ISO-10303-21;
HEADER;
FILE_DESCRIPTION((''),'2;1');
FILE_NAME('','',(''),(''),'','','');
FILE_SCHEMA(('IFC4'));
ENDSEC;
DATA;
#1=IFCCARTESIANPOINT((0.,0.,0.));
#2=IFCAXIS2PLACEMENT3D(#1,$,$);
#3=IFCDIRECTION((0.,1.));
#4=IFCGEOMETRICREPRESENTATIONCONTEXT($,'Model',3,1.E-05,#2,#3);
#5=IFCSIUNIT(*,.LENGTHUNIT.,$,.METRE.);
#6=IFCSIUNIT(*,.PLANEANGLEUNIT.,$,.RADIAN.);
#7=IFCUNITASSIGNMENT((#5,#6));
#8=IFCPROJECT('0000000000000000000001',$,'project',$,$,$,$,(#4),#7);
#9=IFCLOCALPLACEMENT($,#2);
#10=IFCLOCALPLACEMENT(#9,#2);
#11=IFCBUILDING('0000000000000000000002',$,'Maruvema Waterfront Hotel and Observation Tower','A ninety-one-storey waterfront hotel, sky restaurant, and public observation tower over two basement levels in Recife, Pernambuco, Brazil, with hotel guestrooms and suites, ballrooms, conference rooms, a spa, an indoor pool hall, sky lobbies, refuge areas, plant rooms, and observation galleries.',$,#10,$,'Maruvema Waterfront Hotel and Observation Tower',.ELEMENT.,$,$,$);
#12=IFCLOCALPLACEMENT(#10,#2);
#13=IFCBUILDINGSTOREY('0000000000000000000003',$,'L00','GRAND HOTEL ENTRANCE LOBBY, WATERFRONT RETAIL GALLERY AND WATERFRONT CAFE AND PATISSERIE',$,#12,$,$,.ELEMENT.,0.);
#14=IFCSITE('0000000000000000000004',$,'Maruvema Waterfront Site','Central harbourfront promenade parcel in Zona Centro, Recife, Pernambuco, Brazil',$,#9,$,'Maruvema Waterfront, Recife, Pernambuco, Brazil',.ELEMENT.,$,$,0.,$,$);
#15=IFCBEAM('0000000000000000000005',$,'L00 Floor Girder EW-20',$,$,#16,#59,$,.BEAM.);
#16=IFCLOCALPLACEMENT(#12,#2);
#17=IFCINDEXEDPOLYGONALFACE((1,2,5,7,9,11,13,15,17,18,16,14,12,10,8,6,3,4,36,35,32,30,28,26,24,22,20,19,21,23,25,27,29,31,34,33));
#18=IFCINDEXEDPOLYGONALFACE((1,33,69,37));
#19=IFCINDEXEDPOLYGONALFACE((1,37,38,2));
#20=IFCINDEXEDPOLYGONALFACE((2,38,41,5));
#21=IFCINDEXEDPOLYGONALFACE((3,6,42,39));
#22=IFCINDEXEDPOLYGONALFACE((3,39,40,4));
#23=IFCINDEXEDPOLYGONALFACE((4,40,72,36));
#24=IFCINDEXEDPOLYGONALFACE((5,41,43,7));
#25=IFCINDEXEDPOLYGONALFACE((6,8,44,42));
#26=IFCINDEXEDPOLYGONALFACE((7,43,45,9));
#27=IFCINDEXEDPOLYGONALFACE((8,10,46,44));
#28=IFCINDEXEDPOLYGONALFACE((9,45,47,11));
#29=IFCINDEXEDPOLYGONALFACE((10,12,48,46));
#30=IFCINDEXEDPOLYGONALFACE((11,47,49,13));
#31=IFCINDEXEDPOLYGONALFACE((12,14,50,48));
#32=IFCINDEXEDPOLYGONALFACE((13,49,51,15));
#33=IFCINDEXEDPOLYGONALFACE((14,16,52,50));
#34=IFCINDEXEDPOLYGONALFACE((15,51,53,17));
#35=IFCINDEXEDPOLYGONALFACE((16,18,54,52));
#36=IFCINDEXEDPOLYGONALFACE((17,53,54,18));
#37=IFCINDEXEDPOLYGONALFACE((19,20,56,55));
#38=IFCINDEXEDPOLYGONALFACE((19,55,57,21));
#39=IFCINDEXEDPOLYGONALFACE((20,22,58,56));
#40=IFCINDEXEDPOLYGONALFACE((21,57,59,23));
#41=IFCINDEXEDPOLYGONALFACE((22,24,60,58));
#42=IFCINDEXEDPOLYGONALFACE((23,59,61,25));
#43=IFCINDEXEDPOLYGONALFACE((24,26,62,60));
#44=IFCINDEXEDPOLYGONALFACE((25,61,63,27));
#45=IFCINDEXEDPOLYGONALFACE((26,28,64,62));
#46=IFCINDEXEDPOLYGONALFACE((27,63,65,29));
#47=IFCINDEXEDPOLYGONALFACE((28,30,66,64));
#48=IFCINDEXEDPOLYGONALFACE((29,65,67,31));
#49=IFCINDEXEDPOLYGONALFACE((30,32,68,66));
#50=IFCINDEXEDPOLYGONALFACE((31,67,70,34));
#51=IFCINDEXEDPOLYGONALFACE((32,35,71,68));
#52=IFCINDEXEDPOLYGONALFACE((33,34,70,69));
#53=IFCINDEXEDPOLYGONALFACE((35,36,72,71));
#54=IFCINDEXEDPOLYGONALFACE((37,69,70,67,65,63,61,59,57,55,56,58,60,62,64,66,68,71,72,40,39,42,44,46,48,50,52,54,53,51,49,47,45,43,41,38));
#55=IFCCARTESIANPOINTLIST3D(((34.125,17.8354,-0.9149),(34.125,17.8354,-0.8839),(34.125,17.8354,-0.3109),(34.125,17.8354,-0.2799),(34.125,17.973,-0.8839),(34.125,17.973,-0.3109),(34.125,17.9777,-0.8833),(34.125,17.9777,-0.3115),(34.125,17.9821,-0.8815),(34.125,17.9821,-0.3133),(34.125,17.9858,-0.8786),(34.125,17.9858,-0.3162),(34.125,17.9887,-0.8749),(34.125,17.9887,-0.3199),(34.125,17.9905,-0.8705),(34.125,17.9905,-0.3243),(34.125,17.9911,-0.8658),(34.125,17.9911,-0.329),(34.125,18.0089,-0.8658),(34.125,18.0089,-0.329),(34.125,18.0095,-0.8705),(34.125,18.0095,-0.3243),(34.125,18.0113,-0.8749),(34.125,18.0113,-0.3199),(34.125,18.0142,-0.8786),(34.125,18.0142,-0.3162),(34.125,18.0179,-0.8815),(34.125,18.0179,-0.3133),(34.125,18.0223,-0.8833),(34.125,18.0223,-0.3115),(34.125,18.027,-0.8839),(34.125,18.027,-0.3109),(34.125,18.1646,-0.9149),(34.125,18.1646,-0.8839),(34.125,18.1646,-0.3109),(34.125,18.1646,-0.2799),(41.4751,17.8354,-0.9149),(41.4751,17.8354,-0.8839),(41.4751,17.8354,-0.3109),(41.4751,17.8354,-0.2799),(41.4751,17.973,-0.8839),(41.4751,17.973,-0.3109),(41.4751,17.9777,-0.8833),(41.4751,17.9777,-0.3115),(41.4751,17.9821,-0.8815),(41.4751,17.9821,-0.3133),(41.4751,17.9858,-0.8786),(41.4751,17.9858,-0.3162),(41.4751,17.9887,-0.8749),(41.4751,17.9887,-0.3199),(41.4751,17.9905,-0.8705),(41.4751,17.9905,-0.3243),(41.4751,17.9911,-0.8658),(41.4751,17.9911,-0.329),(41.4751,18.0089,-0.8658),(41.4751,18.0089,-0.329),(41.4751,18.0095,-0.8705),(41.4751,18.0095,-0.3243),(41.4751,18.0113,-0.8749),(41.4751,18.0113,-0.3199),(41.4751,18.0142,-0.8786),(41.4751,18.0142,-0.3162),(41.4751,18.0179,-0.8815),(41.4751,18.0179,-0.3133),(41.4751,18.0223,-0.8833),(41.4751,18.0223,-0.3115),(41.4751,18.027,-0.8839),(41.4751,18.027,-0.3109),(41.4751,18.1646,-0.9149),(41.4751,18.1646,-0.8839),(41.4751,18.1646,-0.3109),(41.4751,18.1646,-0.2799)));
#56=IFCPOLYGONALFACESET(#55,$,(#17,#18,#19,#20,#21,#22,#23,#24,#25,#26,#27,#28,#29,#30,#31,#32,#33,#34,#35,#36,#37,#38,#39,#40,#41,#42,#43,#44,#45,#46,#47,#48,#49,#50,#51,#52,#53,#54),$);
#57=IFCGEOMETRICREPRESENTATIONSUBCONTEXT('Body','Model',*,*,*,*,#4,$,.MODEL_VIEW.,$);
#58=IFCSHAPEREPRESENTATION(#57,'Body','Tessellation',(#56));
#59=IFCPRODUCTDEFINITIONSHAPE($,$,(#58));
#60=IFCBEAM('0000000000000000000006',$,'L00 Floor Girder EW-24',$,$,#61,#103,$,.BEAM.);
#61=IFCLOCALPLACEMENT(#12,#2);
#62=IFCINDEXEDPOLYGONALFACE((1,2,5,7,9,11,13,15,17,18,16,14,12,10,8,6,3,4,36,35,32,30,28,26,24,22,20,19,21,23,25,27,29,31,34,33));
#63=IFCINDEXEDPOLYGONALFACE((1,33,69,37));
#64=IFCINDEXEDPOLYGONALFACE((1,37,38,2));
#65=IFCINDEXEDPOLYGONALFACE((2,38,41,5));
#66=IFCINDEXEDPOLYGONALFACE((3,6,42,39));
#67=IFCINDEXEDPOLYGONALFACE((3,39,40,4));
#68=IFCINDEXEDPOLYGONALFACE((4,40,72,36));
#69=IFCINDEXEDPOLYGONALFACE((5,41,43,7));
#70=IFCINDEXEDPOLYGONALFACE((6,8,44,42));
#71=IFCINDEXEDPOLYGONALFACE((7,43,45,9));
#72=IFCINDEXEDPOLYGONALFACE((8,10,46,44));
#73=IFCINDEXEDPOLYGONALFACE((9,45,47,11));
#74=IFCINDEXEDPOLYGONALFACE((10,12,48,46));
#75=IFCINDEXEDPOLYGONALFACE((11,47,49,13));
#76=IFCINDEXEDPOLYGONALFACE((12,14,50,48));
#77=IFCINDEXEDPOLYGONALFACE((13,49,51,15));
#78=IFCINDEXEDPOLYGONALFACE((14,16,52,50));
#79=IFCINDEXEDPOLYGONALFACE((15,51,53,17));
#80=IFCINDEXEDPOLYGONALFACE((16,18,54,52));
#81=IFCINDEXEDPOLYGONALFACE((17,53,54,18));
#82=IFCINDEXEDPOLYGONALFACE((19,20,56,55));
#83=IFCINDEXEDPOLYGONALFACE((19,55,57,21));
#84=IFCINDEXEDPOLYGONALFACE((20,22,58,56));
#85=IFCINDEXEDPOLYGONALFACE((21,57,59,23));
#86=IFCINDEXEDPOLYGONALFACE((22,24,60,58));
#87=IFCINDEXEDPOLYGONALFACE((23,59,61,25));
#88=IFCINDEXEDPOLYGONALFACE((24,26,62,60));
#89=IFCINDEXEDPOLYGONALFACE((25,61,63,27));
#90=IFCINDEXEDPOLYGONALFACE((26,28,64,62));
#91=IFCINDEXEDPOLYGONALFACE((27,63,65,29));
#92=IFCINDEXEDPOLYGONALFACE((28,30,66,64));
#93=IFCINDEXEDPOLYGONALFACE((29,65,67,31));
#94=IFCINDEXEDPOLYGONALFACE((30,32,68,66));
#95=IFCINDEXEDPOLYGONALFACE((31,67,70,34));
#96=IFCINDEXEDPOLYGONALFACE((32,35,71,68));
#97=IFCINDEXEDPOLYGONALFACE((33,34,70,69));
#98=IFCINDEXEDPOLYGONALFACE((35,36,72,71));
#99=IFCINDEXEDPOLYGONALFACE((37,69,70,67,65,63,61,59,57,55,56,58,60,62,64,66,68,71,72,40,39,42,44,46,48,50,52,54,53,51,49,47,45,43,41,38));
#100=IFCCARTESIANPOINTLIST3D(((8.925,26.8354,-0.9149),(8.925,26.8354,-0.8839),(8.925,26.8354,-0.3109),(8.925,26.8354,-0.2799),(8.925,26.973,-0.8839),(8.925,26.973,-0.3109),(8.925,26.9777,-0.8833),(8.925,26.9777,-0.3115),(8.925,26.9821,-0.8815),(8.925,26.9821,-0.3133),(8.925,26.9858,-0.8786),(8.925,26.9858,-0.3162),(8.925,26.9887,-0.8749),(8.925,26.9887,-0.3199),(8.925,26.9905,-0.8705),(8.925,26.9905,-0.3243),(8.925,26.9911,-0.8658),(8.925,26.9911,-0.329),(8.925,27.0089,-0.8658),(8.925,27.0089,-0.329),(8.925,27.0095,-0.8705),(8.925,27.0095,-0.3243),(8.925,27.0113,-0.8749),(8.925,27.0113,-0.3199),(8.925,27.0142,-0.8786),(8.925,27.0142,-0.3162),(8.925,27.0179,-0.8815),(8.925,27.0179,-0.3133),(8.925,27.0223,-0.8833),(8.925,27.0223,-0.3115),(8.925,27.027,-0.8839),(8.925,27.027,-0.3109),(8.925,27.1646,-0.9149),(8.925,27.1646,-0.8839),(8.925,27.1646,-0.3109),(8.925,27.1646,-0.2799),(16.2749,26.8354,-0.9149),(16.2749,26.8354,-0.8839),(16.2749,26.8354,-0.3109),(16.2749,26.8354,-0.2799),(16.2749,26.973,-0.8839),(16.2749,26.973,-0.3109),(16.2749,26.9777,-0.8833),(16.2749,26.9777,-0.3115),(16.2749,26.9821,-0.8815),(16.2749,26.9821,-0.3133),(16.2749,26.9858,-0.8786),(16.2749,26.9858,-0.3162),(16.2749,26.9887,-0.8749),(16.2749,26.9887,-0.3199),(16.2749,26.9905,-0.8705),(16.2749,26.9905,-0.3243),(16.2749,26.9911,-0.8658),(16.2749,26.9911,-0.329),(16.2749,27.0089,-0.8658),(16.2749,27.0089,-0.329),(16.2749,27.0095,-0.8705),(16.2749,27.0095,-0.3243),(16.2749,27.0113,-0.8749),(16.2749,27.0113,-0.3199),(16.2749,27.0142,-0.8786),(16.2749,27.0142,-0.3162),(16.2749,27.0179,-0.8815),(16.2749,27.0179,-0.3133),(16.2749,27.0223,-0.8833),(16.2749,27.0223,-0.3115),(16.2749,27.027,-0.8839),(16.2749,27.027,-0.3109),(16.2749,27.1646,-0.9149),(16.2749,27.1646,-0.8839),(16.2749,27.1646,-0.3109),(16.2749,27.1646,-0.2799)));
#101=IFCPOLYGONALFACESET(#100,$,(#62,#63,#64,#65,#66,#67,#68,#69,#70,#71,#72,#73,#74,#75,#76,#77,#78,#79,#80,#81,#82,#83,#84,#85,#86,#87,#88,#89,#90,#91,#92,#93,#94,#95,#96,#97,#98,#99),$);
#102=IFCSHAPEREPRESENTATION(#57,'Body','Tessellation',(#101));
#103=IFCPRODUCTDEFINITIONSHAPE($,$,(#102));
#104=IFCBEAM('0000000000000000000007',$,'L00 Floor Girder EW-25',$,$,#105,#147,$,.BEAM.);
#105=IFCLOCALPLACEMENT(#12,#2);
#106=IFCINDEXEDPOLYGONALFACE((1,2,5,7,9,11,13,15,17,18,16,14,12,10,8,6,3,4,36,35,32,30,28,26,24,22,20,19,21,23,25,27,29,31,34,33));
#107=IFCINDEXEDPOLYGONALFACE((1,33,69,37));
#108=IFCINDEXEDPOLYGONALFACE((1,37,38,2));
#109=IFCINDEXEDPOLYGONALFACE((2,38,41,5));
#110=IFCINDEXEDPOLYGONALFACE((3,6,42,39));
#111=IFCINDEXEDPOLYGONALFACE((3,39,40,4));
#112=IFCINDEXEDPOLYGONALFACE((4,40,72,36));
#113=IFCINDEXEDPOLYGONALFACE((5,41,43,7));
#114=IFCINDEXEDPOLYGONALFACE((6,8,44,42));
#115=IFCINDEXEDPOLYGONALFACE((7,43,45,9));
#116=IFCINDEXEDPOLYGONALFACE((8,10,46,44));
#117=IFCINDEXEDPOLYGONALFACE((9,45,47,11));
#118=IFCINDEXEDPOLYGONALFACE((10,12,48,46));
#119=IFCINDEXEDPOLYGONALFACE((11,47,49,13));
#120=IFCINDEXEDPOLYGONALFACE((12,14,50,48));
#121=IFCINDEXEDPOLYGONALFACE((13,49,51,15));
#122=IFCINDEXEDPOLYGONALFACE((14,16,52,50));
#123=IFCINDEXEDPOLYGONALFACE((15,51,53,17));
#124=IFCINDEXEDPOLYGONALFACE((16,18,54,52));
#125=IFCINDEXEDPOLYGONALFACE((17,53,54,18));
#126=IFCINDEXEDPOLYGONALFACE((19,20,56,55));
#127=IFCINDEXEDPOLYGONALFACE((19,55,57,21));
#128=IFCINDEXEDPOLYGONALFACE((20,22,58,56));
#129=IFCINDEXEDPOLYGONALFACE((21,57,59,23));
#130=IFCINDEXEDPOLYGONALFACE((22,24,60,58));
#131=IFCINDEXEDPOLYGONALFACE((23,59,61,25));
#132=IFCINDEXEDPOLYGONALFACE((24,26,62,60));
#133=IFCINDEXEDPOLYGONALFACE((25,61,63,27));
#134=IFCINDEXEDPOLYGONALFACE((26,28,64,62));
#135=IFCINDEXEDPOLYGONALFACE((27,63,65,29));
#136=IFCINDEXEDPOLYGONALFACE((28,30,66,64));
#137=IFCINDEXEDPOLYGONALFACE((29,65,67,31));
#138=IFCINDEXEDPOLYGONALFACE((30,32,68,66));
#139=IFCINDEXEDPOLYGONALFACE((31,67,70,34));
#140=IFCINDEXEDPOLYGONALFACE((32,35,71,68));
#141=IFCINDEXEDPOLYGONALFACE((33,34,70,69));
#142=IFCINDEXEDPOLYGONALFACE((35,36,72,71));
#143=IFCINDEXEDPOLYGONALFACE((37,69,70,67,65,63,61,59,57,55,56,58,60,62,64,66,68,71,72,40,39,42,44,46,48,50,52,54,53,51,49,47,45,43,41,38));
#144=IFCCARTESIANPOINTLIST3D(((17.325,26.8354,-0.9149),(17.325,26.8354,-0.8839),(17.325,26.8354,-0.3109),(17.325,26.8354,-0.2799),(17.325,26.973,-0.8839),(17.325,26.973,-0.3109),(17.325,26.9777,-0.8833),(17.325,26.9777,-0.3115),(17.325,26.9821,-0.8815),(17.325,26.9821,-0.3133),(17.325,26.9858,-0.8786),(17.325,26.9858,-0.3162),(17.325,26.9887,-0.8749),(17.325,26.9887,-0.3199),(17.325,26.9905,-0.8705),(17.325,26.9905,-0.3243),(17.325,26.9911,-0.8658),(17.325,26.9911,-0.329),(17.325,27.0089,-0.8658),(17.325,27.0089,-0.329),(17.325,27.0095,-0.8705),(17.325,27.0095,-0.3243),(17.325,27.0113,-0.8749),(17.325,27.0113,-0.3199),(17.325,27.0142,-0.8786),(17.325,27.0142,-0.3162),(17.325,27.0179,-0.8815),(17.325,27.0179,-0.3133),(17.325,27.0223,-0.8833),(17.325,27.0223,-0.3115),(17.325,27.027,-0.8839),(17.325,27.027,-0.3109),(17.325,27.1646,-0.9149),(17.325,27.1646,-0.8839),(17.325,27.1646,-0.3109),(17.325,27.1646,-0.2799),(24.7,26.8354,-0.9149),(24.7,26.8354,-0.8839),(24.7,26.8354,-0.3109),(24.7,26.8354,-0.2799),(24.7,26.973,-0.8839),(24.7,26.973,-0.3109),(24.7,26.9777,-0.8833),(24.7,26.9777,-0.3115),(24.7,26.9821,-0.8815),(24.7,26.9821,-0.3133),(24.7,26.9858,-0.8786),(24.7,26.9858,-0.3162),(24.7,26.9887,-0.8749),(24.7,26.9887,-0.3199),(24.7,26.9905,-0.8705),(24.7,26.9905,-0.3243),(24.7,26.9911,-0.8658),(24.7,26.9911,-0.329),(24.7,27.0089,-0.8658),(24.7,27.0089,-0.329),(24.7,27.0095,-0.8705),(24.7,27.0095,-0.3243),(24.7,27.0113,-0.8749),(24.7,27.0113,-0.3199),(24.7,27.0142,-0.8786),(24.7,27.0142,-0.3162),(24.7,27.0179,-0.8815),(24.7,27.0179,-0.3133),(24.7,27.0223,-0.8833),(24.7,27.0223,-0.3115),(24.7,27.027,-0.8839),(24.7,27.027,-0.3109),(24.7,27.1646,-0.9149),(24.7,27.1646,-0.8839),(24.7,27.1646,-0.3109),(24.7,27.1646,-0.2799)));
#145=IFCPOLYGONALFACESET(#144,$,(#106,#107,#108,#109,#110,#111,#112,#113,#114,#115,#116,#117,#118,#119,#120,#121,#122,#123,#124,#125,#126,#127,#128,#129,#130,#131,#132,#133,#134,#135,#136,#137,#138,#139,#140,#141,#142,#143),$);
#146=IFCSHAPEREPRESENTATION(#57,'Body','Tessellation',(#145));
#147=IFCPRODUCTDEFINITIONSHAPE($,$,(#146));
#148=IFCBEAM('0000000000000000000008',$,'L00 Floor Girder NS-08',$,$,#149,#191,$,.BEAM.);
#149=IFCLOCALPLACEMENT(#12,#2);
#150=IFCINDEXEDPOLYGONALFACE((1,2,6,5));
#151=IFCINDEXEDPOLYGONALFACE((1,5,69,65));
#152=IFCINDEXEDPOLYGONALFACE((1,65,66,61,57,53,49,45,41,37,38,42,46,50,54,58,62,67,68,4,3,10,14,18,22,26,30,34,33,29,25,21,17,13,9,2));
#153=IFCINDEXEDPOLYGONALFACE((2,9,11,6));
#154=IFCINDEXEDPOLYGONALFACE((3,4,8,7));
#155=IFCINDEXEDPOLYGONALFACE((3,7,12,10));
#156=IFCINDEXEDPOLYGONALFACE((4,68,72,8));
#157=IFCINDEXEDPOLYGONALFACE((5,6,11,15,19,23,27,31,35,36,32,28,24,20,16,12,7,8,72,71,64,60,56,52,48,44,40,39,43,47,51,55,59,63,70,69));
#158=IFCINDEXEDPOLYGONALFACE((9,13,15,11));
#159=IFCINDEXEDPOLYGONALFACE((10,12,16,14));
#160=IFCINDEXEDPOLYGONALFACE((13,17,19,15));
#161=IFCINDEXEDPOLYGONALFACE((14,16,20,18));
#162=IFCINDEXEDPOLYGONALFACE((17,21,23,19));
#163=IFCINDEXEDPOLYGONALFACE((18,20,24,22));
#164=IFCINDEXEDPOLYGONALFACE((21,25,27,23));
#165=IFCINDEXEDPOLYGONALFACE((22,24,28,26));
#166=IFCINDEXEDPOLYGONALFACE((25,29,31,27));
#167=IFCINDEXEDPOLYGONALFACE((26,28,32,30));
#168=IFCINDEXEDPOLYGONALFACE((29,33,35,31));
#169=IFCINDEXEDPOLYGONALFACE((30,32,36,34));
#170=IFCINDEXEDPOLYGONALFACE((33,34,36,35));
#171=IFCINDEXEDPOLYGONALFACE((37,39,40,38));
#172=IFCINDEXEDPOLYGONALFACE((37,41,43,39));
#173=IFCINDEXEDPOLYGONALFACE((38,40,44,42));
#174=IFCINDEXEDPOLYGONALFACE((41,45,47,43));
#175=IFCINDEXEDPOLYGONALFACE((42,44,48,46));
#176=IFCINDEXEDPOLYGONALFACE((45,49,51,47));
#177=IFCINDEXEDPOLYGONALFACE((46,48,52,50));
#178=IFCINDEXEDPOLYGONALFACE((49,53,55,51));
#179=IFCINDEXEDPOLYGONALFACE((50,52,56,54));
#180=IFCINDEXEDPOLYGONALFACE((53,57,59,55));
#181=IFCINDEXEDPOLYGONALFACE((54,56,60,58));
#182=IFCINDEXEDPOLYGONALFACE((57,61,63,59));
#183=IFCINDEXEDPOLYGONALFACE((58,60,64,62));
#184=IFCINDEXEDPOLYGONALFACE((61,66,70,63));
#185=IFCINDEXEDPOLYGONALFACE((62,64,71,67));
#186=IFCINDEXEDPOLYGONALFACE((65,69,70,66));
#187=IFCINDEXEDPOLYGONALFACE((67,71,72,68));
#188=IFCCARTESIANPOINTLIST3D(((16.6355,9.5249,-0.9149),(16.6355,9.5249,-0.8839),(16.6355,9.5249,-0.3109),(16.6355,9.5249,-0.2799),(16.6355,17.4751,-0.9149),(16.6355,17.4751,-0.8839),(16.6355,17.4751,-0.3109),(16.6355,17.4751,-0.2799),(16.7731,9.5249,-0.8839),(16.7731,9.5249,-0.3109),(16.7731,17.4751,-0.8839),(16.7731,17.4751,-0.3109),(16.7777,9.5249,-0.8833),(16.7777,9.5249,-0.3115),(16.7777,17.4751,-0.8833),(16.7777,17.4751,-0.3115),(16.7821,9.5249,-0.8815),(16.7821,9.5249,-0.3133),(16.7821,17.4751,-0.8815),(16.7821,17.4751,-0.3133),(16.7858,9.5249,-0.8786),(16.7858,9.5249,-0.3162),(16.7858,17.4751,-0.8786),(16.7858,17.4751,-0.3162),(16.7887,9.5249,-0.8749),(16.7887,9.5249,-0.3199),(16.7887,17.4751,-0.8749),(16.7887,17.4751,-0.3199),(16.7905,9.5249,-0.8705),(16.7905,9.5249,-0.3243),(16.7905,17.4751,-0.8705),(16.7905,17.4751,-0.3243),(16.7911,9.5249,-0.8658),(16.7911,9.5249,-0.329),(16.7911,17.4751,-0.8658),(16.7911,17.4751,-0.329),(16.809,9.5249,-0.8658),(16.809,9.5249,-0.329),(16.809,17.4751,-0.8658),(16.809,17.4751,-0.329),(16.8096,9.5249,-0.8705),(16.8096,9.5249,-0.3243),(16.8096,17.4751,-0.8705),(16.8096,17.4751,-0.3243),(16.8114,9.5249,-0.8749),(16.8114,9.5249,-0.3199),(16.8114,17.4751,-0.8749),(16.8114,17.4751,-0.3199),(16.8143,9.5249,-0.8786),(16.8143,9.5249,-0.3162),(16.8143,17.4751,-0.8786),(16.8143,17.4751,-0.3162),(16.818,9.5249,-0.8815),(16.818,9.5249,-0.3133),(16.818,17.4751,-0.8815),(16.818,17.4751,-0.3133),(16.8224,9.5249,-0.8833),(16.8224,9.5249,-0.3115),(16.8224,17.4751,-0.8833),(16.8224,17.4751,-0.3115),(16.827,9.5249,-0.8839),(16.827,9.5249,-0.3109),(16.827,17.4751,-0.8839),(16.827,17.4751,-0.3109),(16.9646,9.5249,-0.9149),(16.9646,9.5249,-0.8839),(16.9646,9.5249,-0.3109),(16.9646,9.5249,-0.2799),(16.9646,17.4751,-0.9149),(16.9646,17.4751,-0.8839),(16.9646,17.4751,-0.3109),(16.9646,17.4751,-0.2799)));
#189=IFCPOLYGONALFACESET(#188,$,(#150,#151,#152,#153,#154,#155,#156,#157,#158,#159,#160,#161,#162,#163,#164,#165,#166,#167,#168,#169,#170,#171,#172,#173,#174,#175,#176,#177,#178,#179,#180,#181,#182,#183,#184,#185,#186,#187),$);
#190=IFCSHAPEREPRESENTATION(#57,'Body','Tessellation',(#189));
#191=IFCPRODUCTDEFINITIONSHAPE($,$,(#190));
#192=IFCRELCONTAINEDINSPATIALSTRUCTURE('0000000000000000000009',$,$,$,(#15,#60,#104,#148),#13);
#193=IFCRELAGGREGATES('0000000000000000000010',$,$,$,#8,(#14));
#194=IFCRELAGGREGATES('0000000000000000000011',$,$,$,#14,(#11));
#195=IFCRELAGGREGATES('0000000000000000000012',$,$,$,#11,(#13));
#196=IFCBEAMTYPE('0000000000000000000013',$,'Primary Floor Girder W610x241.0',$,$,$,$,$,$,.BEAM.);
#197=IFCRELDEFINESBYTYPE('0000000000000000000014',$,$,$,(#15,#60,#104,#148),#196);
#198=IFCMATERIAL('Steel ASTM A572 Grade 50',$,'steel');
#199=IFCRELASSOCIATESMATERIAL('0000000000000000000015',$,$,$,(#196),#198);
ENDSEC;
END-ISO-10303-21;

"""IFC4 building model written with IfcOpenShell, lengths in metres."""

from ifc_helpers import new_model, si_unit, direction, frame, origin, origin_2d, place, context, subcontext, project, spatial, i_section, extrude, material, material_profile, profile_set, type_object, element, save


model = new_model("IFC4")

# Units and contexts
model_context = context("Model", 3, precision=1e-05, world=origin(), true_north=direction((0.0, 1.0)))
body_context = subcontext(model_context, "Body", "Model", "MODEL_VIEW")
ifc_project = project(units=[si_unit("LENGTHUNIT", "METRE"), si_unit("PLANEANGLEUNIT", "RADIAN")], contexts=[model_context])

# Site, building, storey
site_placement = place(None, origin())
site = spatial("IfcSite", under=ifc_project, at=site_placement, Name="Maruvema Waterfront Site", Description="Central harbourfront promenade parcel in Zona Centro, Recife, Pernambuco, Brazil", LongName="Maruvema Waterfront, Recife, Pernambuco, Brazil", CompositionType="ELEMENT", RefElevation=0.0)
building_placement = place(site_placement, origin())
building = spatial("IfcBuilding", under=site, at=building_placement, Name="Maruvema Waterfront Hotel and Observation Tower", Description="A ninety-one-storey waterfront hotel, sky restaurant, and public observation tower over two basement levels in Recife, Pernambuco, Brazil, with hotel guestrooms and suites, ballrooms, conference rooms, a spa, an indoor pool hall, sky lobbies, refuge areas, plant rooms, and observation galleries.", LongName="Maruvema Waterfront Hotel and Observation Tower", CompositionType="ELEMENT")
storey_placement = place(building_placement, origin())
storey = spatial("IfcBuildingStorey", under=building, at=storey_placement, Name="L00", Description="GRAND HOTEL ENTRANCE LOBBY, WATERFRONT RETAIL GALLERY AND WATERFRONT CAFE AND PATISSERIE", CompositionType="ELEMENT", Elevation=0.0)

# Beams
ifc_material_1 = material(Name="Steel ASTM A572 Grade 50", Category="steel")
ifc_material_profile_1 = material_profile(ifc_material_1, i_section(OverallWidth=0.3291, OverallDepth=0.635, WebThickness=0.0178, FlangeThickness=0.031, FilletRadius=0.0181, at=origin_2d()), Name="W610x241.0")
ifc_profile_set_1 = profile_set([ifc_material_profile_1], Name="Steel ASTM A572 Grade 50")
beam_type_1 = type_object("IfcBeamType", Name="Primary Floor Girder W610x241.0", PredefinedType="BEAM", material=ifc_profile_set_1)
beam_1_placement = place(storey_placement, frame((34.125, 18.0, -0.5974), z_axis=(1.0, 0.0, 0.0), x_axis=(0.0, 1.0, 0.0)))
element("IfcBeam", 1, at=beam_1_placement, inside=storey, type_object=beam_type_1, Name="L00 Floor Girder EW-20", PredefinedType="BEAM", context=body_context, shape_type="SweptSolid", body=[
    extrude(i_section(OverallWidth=0.3291, OverallDepth=0.635, WebThickness=0.0178, FlangeThickness=0.031, FilletRadius=0.0181, at=origin_2d()), origin(), (0.0, 0.0, 1.0), 7.3501),
])
beam_2_placement = place(storey_placement, frame((8.925, 27.0, -0.5974), z_axis=(1.0, 0.0, 0.0), x_axis=(0.0, 1.0, 0.0)))
element("IfcBeam", 2, at=beam_2_placement, inside=storey, type_object=beam_type_1, Name="L00 Floor Girder EW-24", PredefinedType="BEAM", context=body_context, shape_type="SweptSolid", body=[
    extrude(i_section(OverallWidth=0.3291, OverallDepth=0.635, WebThickness=0.0178, FlangeThickness=0.031, FilletRadius=0.0181, at=origin_2d()), origin(), (0.0, 0.0, 1.0), 7.3499),
])
beam_3_placement = place(storey_placement, frame((17.325, 27.0, -0.5974), z_axis=(1.0, 0.0, 0.0), x_axis=(0.0, 1.0, 0.0)))
element("IfcBeam", 3, at=beam_3_placement, inside=storey, type_object=beam_type_1, Name="L00 Floor Girder EW-25", PredefinedType="BEAM", context=body_context, shape_type="SweptSolid", body=[
    extrude(i_section(OverallWidth=0.3291, OverallDepth=0.635, WebThickness=0.0178, FlangeThickness=0.031, FilletRadius=0.0181, at=origin_2d()), origin(), (0.0, 0.0, 1.0), 7.375),
])
for number, where, z_axis, x_axis, name in (
    (4, (16.8, 9.5249, -0.5974), (0.0, 1.0, 0.0), (-1.0, 0.0, 0.0), "L00 Floor Girder NS-08"),
):
    element("IfcBeam", number, at=place(storey_placement, frame(where, z_axis=z_axis, x_axis=x_axis)), inside=storey, type_object=beam_type_1, Name=name, PredefinedType="BEAM", context=body_context, shape_type="SweptSolid", body=[
        extrude(i_section(OverallWidth=0.3291, OverallDepth=0.635, WebThickness=0.0178, FlangeThickness=0.031, FilletRadius=0.0181, at=origin_2d()), origin(), (0.0, 0.0, 1.0), 7.9502),
    ])

save(model, "model.ifc")
